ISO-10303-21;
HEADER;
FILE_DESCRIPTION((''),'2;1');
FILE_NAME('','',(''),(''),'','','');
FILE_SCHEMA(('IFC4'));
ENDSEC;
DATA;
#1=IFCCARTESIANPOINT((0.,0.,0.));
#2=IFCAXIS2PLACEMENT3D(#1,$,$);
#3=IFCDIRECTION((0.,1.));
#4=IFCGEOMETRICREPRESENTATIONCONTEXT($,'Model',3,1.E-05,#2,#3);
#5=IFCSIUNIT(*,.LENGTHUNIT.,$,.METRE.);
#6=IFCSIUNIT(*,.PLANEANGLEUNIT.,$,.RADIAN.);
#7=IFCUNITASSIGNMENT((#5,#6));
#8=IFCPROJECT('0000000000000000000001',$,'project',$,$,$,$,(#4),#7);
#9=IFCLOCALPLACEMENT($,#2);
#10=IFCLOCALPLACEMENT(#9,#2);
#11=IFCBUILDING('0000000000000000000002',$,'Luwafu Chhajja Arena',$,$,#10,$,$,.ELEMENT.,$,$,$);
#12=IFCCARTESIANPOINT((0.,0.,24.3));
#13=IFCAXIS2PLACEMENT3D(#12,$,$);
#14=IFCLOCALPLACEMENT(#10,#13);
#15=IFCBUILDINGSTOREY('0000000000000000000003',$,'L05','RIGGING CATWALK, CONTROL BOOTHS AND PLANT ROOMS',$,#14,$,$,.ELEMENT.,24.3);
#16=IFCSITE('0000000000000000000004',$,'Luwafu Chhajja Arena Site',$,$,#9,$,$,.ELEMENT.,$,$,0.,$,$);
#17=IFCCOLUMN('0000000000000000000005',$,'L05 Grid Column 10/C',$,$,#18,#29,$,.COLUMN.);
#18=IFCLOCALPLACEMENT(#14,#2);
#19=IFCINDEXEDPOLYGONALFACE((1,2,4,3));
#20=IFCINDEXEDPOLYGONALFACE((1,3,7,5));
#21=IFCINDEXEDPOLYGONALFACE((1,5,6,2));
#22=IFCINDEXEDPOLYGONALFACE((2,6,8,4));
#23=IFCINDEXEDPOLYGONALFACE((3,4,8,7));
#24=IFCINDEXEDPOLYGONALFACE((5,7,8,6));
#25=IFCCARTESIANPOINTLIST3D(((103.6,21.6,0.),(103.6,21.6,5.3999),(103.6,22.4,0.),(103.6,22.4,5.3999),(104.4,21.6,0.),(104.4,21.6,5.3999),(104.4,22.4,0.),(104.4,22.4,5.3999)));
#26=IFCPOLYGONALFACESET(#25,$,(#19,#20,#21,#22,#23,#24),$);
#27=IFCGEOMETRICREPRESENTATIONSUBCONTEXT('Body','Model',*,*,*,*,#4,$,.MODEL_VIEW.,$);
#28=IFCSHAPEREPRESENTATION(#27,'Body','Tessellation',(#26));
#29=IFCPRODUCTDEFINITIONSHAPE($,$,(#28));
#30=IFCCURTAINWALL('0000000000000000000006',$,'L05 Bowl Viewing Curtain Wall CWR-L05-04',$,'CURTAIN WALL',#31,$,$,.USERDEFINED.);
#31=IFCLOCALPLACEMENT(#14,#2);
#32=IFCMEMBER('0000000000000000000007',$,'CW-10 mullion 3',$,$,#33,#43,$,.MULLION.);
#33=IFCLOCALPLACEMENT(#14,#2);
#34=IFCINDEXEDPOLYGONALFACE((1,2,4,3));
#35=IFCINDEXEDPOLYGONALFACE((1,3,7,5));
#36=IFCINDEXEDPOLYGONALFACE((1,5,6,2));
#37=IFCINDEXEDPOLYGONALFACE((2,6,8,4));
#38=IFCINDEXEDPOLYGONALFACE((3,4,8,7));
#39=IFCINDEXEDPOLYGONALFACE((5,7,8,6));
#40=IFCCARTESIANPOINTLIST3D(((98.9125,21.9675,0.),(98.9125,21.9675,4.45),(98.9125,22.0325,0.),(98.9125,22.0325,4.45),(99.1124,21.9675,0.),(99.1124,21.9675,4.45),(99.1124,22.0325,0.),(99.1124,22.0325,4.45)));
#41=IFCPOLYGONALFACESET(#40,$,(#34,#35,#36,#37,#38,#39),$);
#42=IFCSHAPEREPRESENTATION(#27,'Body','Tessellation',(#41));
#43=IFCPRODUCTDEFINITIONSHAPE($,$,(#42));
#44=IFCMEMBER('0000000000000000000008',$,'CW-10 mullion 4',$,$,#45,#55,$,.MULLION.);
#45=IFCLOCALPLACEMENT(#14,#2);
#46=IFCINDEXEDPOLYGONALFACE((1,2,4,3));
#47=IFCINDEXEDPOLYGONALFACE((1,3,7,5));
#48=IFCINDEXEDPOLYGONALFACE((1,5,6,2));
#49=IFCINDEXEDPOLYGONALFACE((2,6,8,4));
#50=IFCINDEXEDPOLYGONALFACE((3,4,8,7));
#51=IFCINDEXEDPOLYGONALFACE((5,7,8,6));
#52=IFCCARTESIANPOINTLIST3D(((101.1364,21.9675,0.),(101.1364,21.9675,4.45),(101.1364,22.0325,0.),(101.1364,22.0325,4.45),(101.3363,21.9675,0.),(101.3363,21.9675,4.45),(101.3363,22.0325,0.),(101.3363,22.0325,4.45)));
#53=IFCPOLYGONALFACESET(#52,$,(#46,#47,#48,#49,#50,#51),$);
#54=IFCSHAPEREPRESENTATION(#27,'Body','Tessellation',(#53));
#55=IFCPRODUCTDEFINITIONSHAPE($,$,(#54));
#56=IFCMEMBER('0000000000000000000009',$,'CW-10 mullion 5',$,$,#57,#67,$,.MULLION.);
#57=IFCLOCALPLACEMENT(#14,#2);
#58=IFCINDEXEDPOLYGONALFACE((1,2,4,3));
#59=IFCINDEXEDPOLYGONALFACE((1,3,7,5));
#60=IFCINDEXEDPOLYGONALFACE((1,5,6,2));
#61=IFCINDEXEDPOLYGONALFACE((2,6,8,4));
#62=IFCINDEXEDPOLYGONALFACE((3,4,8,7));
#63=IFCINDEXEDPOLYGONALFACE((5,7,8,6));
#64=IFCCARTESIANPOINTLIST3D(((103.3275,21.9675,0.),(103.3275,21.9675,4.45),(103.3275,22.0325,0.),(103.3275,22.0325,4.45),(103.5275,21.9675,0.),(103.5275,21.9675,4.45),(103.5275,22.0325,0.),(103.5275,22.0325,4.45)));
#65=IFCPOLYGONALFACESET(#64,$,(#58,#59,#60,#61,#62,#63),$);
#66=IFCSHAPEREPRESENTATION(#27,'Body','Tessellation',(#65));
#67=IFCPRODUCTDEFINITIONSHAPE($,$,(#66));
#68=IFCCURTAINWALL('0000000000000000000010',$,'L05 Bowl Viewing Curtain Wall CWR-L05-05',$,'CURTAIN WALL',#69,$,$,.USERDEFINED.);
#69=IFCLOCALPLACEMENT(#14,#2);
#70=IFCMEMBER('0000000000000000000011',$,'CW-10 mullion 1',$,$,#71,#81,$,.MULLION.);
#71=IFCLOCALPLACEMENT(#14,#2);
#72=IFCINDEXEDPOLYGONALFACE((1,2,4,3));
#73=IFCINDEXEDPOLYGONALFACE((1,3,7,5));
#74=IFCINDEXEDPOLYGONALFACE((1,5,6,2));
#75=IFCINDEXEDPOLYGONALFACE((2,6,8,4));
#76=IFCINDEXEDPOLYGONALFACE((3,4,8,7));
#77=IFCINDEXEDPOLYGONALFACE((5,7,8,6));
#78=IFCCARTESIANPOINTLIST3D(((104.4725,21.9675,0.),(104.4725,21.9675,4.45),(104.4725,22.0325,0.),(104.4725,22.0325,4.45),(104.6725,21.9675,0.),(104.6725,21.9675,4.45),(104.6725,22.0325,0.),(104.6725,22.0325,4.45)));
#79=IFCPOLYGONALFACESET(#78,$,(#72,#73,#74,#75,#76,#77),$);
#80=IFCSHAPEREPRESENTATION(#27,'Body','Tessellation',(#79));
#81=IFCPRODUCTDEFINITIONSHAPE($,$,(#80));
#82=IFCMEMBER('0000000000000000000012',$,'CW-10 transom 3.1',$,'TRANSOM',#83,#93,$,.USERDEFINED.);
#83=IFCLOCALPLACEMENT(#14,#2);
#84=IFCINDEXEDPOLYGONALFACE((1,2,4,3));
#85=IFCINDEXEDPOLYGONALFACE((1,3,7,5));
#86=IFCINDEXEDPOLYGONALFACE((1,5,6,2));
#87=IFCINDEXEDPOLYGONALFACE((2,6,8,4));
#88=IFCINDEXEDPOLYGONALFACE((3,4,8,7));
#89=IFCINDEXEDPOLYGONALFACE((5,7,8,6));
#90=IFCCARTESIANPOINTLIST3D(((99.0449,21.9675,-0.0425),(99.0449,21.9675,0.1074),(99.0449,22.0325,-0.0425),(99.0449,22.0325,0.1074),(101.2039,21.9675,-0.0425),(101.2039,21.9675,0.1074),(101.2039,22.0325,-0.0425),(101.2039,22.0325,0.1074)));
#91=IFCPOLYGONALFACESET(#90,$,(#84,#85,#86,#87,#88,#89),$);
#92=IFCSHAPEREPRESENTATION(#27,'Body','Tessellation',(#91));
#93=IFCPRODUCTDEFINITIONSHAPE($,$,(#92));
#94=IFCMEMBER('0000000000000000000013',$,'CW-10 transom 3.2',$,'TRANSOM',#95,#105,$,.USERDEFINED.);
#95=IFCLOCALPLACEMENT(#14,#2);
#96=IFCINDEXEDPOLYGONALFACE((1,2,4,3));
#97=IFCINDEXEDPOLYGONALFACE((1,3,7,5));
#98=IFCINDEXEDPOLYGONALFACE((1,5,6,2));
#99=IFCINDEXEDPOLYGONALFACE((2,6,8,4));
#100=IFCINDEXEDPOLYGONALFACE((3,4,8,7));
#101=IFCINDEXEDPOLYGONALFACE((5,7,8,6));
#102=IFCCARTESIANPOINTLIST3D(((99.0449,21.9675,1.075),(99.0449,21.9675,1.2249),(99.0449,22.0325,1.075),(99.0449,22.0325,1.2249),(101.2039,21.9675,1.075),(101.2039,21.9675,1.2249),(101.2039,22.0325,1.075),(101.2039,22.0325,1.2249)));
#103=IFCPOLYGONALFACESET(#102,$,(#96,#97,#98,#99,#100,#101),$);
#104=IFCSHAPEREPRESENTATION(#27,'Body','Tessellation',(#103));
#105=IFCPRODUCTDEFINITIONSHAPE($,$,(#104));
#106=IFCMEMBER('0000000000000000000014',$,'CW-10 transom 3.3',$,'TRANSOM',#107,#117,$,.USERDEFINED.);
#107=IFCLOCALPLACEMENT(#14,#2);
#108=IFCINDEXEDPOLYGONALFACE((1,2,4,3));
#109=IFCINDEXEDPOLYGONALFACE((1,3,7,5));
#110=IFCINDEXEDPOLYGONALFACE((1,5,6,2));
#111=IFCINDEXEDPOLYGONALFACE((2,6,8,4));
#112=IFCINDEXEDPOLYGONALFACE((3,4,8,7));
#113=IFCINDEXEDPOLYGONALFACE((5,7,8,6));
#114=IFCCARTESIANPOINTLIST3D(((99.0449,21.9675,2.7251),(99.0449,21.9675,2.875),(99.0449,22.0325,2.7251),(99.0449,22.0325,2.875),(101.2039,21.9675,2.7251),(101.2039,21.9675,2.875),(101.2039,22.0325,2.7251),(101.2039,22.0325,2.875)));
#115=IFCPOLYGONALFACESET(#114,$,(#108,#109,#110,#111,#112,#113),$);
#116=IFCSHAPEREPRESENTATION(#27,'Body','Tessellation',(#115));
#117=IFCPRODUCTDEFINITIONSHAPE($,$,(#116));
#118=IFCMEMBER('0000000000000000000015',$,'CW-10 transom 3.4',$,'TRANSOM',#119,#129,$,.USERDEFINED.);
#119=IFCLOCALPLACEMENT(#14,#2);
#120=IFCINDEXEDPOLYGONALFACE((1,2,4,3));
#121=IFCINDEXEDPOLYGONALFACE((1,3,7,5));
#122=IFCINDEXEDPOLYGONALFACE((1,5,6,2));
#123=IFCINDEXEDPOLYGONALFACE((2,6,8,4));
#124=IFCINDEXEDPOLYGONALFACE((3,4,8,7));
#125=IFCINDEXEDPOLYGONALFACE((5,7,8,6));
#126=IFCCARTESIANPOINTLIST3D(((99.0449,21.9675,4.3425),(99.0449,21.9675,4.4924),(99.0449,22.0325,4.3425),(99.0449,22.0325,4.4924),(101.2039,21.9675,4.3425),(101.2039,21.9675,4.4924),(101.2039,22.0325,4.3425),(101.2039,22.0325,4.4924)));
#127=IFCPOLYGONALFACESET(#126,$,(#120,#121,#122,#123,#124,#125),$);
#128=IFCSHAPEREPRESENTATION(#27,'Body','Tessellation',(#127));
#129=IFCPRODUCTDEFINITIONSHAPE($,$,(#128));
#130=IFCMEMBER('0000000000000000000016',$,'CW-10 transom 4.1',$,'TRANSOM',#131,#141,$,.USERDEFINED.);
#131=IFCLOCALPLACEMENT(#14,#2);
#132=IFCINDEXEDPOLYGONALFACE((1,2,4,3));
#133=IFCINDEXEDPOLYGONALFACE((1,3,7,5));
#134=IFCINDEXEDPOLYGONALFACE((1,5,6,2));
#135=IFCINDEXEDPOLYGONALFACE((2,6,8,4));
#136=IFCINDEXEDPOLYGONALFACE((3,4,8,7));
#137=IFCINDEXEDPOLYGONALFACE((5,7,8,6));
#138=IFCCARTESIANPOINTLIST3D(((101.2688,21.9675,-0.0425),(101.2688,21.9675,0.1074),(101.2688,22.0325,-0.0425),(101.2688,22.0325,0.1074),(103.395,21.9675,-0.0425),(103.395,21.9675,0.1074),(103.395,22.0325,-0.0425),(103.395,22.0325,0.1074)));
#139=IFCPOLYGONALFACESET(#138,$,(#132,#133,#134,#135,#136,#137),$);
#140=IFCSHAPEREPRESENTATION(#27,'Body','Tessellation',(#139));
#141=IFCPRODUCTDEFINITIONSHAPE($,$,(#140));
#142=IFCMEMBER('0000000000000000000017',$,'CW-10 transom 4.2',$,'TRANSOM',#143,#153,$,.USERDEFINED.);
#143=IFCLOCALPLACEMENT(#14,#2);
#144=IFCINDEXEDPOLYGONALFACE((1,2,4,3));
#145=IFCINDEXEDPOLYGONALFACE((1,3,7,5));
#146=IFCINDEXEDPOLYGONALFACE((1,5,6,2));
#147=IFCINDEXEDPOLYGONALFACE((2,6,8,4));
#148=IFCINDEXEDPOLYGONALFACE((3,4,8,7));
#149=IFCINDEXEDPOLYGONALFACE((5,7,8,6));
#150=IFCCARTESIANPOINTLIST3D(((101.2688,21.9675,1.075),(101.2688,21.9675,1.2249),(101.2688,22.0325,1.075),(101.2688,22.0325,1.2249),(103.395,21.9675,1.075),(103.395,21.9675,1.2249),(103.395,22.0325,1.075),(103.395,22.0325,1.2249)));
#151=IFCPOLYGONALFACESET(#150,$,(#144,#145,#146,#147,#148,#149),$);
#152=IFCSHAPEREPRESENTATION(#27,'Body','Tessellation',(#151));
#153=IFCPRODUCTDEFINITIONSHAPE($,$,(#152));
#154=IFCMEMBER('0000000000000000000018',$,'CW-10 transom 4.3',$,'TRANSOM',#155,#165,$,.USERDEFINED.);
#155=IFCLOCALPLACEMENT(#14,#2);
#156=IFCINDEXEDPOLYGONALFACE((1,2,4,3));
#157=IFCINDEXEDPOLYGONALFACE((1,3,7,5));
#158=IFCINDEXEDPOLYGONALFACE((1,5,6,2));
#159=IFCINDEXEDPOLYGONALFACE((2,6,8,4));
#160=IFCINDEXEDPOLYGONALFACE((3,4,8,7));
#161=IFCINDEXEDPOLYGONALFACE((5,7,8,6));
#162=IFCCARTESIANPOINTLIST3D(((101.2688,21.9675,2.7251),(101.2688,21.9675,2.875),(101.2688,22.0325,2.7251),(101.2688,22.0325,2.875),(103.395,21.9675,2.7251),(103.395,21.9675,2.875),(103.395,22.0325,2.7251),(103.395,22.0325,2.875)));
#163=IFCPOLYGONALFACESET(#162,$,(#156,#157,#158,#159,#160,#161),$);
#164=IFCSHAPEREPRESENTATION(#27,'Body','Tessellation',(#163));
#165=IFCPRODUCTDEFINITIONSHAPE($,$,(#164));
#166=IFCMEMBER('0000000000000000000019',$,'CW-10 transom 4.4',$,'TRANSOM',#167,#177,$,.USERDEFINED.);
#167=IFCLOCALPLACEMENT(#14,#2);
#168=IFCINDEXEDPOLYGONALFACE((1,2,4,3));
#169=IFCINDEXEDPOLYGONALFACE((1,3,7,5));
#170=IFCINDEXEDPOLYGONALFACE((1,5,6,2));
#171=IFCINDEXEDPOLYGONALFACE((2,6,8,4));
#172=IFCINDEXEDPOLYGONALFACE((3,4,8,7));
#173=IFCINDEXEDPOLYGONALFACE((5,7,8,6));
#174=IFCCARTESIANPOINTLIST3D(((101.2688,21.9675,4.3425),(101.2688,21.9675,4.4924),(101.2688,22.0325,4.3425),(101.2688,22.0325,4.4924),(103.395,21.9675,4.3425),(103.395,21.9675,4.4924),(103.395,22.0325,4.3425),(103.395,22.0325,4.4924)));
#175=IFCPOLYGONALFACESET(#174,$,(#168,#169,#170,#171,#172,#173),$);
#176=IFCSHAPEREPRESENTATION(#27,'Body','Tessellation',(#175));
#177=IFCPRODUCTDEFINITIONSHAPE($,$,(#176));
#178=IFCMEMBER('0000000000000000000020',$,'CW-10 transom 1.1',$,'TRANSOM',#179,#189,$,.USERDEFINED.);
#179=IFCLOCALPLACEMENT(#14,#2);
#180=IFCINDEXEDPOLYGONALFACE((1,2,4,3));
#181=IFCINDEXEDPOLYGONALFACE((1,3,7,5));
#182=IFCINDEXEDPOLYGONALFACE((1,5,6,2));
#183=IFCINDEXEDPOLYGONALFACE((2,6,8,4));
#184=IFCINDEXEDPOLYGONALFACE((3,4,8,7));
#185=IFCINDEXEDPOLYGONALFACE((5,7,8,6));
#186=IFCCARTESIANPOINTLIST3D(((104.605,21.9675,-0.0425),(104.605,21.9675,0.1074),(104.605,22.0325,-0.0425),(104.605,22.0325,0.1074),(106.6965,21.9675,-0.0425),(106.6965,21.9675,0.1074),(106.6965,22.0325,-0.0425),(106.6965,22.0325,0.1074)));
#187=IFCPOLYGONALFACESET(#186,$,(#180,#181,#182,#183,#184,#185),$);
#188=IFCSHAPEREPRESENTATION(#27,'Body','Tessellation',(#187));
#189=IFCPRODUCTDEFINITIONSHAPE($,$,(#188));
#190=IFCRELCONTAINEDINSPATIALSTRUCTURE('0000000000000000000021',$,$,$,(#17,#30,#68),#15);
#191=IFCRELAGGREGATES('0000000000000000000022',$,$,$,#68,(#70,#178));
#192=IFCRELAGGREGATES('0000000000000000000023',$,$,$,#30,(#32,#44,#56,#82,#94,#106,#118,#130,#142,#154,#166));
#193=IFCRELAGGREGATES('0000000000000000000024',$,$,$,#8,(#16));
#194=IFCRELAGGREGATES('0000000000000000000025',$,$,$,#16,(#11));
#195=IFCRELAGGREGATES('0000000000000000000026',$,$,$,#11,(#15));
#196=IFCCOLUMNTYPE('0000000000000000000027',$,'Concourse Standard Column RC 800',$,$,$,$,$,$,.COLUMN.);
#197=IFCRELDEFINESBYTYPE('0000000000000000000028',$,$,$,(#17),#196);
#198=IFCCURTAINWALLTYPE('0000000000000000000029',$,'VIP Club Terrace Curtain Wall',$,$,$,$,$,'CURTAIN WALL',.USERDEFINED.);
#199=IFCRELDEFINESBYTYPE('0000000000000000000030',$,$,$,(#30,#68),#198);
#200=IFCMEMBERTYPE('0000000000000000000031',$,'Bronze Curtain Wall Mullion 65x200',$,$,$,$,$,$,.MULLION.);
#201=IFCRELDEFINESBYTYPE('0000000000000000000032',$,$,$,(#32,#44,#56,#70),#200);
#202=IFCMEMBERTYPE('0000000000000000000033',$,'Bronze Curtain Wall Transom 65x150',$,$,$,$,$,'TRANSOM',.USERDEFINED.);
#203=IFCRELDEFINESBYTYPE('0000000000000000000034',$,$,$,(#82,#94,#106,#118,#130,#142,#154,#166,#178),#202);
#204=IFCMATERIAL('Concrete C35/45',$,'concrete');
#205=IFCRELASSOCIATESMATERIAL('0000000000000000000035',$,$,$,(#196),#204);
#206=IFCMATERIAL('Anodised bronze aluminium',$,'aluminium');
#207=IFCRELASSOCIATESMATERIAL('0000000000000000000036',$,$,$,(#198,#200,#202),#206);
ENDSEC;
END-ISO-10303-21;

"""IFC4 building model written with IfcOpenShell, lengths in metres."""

from ifc_helpers import new_model, si_unit, direction, frame, origin, origin_2d, place, context, subcontext, project, spatial, rectangle, extrude, material, material_profile, profile_set, type_object, element, aggregate, save


model = new_model("IFC4")

# Units and contexts
model_context = context("Model", 3, precision=1e-05, world=origin(), true_north=direction((0.0, 1.0)))
body_context = subcontext(model_context, "Body", "Model", "MODEL_VIEW")
ifc_project = project(units=[si_unit("LENGTHUNIT", "METRE"), si_unit("PLANEANGLEUNIT", "RADIAN")], contexts=[model_context])

# Site, building, storey
site_placement = place(None, origin())
site = spatial("IfcSite", under=ifc_project, at=site_placement, Name="Luwafu Chhajja Arena Site", CompositionType="ELEMENT", RefElevation=0.0)
building_placement = place(site_placement, origin())
building = spatial("IfcBuilding", under=site, at=building_placement, Name="Luwafu Chhajja Arena", CompositionType="ELEMENT")
storey_placement = place(building_placement, frame((0.0, 0.0, 24.3)))
storey = spatial("IfcBuildingStorey", under=building, at=storey_placement, Name="L05", Description="RIGGING CATWALK, CONTROL BOOTHS AND PLANT ROOMS", CompositionType="ELEMENT", Elevation=24.3)

# Column
ifc_material_1 = material(Name="Concrete C35/45", Category="concrete")
ifc_material_profile_1 = material_profile(ifc_material_1, rectangle(XDim=0.8, YDim=0.8, at=origin_2d()), Name="RC 800x800")
ifc_profile_set_1 = profile_set([ifc_material_profile_1], Name="Concrete C35/45")
column_type = type_object("IfcColumnType", Name="Concourse Standard Column RC 800", PredefinedType="COLUMN", material=ifc_profile_set_1)
column_placement = place(storey_placement, frame((104.0, 22.0, 0.0), z_axis=(0.0, 0.0, 1.0), x_axis=(1.0, 0.0, 0.0)))
element("IfcColumn", 1, at=column_placement, inside=storey, type_object=column_type, Name="L05 Grid Column 10/C", PredefinedType="COLUMN", context=body_context, shape_type="SweptSolid", body=[
    extrude(rectangle(XDim=0.8, YDim=0.8, at=origin_2d()), origin(), (0.0, 0.0, 1.0), 5.3999),
])

# Curtain wall, members
ifc_material_2 = material(Name="Anodised bronze aluminium", Category="aluminium")
curtain_wall_type = type_object("IfcCurtainWallType", Name="VIP Club Terrace Curtain Wall", ElementType="CURTAIN WALL", PredefinedType="USERDEFINED", material=ifc_material_2)
curtain_wall_1_placement = place(storey_placement, origin())
curtain_wall_1 = element("IfcCurtainWall", 2, at=curtain_wall_1_placement, inside=storey, type_object=curtain_wall_type, Name="L05 Bowl Viewing Curtain Wall CWR-L05-04", ObjectType="CURTAIN WALL", PredefinedType="USERDEFINED")
ifc_material_profile_2 = material_profile(ifc_material_2, rectangle(XDim=0.0649, YDim=0.2, at=origin_2d()), Name="CWM 65x200")
ifc_profile_set_2 = profile_set([ifc_material_profile_2], Name="Anodised bronze aluminium")
member_type_1 = type_object("IfcMemberType", Name="Bronze Curtain Wall Mullion 65x200", PredefinedType="MULLION", material=ifc_profile_set_2)
member_1_placement = place(storey_placement, frame((99.0125, 22.0, 0.0), z_axis=(0.0, 0.0, 1.0), x_axis=(0.0, 1.0, 0.0)))
member_1 = element("IfcMember", 3, at=member_1_placement, type_object=member_type_1, Name="CW-10 mullion 3", PredefinedType="MULLION", context=body_context, shape_type="SweptSolid", body=[
    extrude(rectangle(XDim=0.0649, YDim=0.2, at=origin_2d()), origin(), (0.0, 0.0, 1.0), 4.45),
])
member_2_placement = place(storey_placement, frame((101.2363, 22.0, 0.0), z_axis=(0.0, 0.0, 1.0), x_axis=(0.0, 1.0, 0.0)))
member_2 = element("IfcMember", 4, at=member_2_placement, type_object=member_type_1, Name="CW-10 mullion 4", PredefinedType="MULLION", context=body_context, shape_type="SweptSolid", body=[
    extrude(rectangle(XDim=0.0649, YDim=0.2, at=origin_2d()), origin(), (0.0, 0.0, 1.0), 4.45),
])
member_3_placement = place(storey_placement, frame((103.4275, 22.0, 0.0), z_axis=(0.0, 0.0, 1.0), x_axis=(0.0, 1.0, 0.0)))
member_3 = element("IfcMember", 5, at=member_3_placement, type_object=member_type_1, Name="CW-10 mullion 5", PredefinedType="MULLION", context=body_context, shape_type="SweptSolid", body=[
    extrude(rectangle(XDim=0.0649, YDim=0.2, at=origin_2d()), origin(), (0.0, 0.0, 1.0), 4.45),
])

# Curtain wall, member
curtain_wall_2_placement = place(storey_placement, origin())
curtain_wall_2 = element("IfcCurtainWall", 6, at=curtain_wall_2_placement, inside=storey, type_object=curtain_wall_type, Name="L05 Bowl Viewing Curtain Wall CWR-L05-05", ObjectType="CURTAIN WALL", PredefinedType="USERDEFINED")
member_4_placement = place(storey_placement, frame((104.5725, 22.0, 0.0), z_axis=(0.0, 0.0, 1.0), x_axis=(0.0, 1.0, 0.0)))
member_4 = element("IfcMember", 7, at=member_4_placement, type_object=member_type_1, Name="CW-10 mullion 1", PredefinedType="MULLION", context=body_context, shape_type="SweptSolid", body=[
    extrude(rectangle(XDim=0.0649, YDim=0.2, at=origin_2d()), origin(), (0.0, 0.0, 1.0), 4.45),
])

# Members
ifc_material_profile_3 = material_profile(ifc_material_2, rectangle(XDim=0.0649, YDim=0.1499, at=origin_2d()), Name="CWT 65x150")
ifc_profile_set_3 = profile_set([ifc_material_profile_3], Name="Anodised bronze aluminium")
member_type_2 = type_object("IfcMemberType", Name="Bronze Curtain Wall Transom 65x150", ElementType="TRANSOM", PredefinedType="USERDEFINED", material=ifc_profile_set_3)
member_5_placement = place(storey_placement, frame((99.0449, 22.0, 0.0325), z_axis=(1.0, 0.0, 0.0), x_axis=(0.0, 1.0, 0.0)))
member_5 = element("IfcMember", 8, at=member_5_placement, type_object=member_type_2, Name="CW-10 transom 3.1", ObjectType="TRANSOM", PredefinedType="USERDEFINED", context=body_context, shape_type="SweptSolid", body=[
    extrude(rectangle(XDim=0.0649, YDim=0.1499, at=origin_2d()), origin(), (0.0, 0.0, 1.0), 2.1589),
])
member_6_placement = place(storey_placement, frame((99.0449, 22.0, 1.1499), z_axis=(1.0, 0.0, 0.0), x_axis=(0.0, 1.0, 0.0)))
member_6 = element("IfcMember", 9, at=member_6_placement, type_object=member_type_2, Name="CW-10 transom 3.2", ObjectType="TRANSOM", PredefinedType="USERDEFINED", context=body_context, shape_type="SweptSolid", body=[
    extrude(rectangle(XDim=0.0649, YDim=0.1499, at=origin_2d()), origin(), (0.0, 0.0, 1.0), 2.1589),
])
member_7_placement = place(storey_placement, frame((99.0449, 22.0, 2.8), z_axis=(1.0, 0.0, 0.0), x_axis=(0.0, 1.0, 0.0)))
member_7 = element("IfcMember", 10, at=member_7_placement, type_object=member_type_2, Name="CW-10 transom 3.3", ObjectType="TRANSOM", PredefinedType="USERDEFINED", context=body_context, shape_type="SweptSolid", body=[
    extrude(rectangle(XDim=0.0649, YDim=0.1499, at=origin_2d()), origin(), (0.0, 0.0, 1.0), 2.1589),
])
member_8_placement = place(storey_placement, frame((99.0449, 22.0, 4.4175), z_axis=(1.0, 0.0, 0.0), x_axis=(0.0, 1.0, 0.0)))
member_8 = element("IfcMember", 11, at=member_8_placement, type_object=member_type_2, Name="CW-10 transom 3.4", ObjectType="TRANSOM", PredefinedType="USERDEFINED", context=body_context, shape_type="SweptSolid", body=[
    extrude(rectangle(XDim=0.0649, YDim=0.1499, at=origin_2d()), origin(), (0.0, 0.0, 1.0), 2.1589),
])
member_9_placement = place(storey_placement, frame((101.2688, 22.0, 0.0325), z_axis=(1.0, 0.0, 0.0), x_axis=(0.0, 1.0, 0.0)))
member_9 = element("IfcMember", 12, at=member_9_placement, type_object=member_type_2, Name="CW-10 transom 4.1", ObjectType="TRANSOM", PredefinedType="USERDEFINED", context=body_context, shape_type="SweptSolid", body=[
    extrude(rectangle(XDim=0.0649, YDim=0.1499, at=origin_2d()), origin(), (0.0, 0.0, 1.0), 2.1262),
])
member_10_placement = place(storey_placement, frame((101.2688, 22.0, 1.1499), z_axis=(1.0, 0.0, 0.0), x_axis=(0.0, 1.0, 0.0)))
member_10 = element("IfcMember", 13, at=member_10_placement, type_object=member_type_2, Name="CW-10 transom 4.2", ObjectType="TRANSOM", PredefinedType="USERDEFINED", context=body_context, shape_type="SweptSolid", body=[
    extrude(rectangle(XDim=0.0649, YDim=0.1499, at=origin_2d()), origin(), (0.0, 0.0, 1.0), 2.1262),
])
member_11_placement = place(storey_placement, frame((101.2688, 22.0, 2.8), z_axis=(1.0, 0.0, 0.0), x_axis=(0.0, 1.0, 0.0)))
member_11 = element("IfcMember", 14, at=member_11_placement, type_object=member_type_2, Name="CW-10 transom 4.3", ObjectType="TRANSOM", PredefinedType="USERDEFINED", context=body_context, shape_type="SweptSolid", body=[
    extrude(rectangle(XDim=0.0649, YDim=0.1499, at=origin_2d()), origin(), (0.0, 0.0, 1.0), 2.1262),
])
member_12_placement = place(storey_placement, frame((101.2688, 22.0, 4.4175), z_axis=(1.0, 0.0, 0.0), x_axis=(0.0, 1.0, 0.0)))
member_12 = element("IfcMember", 15, at=member_12_placement, type_object=member_type_2, Name="CW-10 transom 4.4", ObjectType="TRANSOM", PredefinedType="USERDEFINED", context=body_context, shape_type="SweptSolid", body=[
    extrude(rectangle(XDim=0.0649, YDim=0.1499, at=origin_2d()), origin(), (0.0, 0.0, 1.0), 2.1262),
])
member_13_placement = place(storey_placement, frame((104.605, 22.0, 0.0325), z_axis=(1.0, 0.0, 0.0), x_axis=(0.0, 1.0, 0.0)))
member_13 = element("IfcMember", 16, at=member_13_placement, type_object=member_type_2, Name="CW-10 transom 1.1", ObjectType="TRANSOM", PredefinedType="USERDEFINED", context=body_context, shape_type="SweptSolid", body=[
    extrude(rectangle(XDim=0.0649, YDim=0.1499, at=origin_2d()), origin(), (0.0, 0.0, 1.0), 2.0916),
])
aggregate(curtain_wall_2, [member_4, member_13])

aggregate(curtain_wall_1, [member_1, member_2, member_3, member_5, member_6, member_7, member_8, member_9, member_10, member_11, member_12])

save(model, "model.ifc")
